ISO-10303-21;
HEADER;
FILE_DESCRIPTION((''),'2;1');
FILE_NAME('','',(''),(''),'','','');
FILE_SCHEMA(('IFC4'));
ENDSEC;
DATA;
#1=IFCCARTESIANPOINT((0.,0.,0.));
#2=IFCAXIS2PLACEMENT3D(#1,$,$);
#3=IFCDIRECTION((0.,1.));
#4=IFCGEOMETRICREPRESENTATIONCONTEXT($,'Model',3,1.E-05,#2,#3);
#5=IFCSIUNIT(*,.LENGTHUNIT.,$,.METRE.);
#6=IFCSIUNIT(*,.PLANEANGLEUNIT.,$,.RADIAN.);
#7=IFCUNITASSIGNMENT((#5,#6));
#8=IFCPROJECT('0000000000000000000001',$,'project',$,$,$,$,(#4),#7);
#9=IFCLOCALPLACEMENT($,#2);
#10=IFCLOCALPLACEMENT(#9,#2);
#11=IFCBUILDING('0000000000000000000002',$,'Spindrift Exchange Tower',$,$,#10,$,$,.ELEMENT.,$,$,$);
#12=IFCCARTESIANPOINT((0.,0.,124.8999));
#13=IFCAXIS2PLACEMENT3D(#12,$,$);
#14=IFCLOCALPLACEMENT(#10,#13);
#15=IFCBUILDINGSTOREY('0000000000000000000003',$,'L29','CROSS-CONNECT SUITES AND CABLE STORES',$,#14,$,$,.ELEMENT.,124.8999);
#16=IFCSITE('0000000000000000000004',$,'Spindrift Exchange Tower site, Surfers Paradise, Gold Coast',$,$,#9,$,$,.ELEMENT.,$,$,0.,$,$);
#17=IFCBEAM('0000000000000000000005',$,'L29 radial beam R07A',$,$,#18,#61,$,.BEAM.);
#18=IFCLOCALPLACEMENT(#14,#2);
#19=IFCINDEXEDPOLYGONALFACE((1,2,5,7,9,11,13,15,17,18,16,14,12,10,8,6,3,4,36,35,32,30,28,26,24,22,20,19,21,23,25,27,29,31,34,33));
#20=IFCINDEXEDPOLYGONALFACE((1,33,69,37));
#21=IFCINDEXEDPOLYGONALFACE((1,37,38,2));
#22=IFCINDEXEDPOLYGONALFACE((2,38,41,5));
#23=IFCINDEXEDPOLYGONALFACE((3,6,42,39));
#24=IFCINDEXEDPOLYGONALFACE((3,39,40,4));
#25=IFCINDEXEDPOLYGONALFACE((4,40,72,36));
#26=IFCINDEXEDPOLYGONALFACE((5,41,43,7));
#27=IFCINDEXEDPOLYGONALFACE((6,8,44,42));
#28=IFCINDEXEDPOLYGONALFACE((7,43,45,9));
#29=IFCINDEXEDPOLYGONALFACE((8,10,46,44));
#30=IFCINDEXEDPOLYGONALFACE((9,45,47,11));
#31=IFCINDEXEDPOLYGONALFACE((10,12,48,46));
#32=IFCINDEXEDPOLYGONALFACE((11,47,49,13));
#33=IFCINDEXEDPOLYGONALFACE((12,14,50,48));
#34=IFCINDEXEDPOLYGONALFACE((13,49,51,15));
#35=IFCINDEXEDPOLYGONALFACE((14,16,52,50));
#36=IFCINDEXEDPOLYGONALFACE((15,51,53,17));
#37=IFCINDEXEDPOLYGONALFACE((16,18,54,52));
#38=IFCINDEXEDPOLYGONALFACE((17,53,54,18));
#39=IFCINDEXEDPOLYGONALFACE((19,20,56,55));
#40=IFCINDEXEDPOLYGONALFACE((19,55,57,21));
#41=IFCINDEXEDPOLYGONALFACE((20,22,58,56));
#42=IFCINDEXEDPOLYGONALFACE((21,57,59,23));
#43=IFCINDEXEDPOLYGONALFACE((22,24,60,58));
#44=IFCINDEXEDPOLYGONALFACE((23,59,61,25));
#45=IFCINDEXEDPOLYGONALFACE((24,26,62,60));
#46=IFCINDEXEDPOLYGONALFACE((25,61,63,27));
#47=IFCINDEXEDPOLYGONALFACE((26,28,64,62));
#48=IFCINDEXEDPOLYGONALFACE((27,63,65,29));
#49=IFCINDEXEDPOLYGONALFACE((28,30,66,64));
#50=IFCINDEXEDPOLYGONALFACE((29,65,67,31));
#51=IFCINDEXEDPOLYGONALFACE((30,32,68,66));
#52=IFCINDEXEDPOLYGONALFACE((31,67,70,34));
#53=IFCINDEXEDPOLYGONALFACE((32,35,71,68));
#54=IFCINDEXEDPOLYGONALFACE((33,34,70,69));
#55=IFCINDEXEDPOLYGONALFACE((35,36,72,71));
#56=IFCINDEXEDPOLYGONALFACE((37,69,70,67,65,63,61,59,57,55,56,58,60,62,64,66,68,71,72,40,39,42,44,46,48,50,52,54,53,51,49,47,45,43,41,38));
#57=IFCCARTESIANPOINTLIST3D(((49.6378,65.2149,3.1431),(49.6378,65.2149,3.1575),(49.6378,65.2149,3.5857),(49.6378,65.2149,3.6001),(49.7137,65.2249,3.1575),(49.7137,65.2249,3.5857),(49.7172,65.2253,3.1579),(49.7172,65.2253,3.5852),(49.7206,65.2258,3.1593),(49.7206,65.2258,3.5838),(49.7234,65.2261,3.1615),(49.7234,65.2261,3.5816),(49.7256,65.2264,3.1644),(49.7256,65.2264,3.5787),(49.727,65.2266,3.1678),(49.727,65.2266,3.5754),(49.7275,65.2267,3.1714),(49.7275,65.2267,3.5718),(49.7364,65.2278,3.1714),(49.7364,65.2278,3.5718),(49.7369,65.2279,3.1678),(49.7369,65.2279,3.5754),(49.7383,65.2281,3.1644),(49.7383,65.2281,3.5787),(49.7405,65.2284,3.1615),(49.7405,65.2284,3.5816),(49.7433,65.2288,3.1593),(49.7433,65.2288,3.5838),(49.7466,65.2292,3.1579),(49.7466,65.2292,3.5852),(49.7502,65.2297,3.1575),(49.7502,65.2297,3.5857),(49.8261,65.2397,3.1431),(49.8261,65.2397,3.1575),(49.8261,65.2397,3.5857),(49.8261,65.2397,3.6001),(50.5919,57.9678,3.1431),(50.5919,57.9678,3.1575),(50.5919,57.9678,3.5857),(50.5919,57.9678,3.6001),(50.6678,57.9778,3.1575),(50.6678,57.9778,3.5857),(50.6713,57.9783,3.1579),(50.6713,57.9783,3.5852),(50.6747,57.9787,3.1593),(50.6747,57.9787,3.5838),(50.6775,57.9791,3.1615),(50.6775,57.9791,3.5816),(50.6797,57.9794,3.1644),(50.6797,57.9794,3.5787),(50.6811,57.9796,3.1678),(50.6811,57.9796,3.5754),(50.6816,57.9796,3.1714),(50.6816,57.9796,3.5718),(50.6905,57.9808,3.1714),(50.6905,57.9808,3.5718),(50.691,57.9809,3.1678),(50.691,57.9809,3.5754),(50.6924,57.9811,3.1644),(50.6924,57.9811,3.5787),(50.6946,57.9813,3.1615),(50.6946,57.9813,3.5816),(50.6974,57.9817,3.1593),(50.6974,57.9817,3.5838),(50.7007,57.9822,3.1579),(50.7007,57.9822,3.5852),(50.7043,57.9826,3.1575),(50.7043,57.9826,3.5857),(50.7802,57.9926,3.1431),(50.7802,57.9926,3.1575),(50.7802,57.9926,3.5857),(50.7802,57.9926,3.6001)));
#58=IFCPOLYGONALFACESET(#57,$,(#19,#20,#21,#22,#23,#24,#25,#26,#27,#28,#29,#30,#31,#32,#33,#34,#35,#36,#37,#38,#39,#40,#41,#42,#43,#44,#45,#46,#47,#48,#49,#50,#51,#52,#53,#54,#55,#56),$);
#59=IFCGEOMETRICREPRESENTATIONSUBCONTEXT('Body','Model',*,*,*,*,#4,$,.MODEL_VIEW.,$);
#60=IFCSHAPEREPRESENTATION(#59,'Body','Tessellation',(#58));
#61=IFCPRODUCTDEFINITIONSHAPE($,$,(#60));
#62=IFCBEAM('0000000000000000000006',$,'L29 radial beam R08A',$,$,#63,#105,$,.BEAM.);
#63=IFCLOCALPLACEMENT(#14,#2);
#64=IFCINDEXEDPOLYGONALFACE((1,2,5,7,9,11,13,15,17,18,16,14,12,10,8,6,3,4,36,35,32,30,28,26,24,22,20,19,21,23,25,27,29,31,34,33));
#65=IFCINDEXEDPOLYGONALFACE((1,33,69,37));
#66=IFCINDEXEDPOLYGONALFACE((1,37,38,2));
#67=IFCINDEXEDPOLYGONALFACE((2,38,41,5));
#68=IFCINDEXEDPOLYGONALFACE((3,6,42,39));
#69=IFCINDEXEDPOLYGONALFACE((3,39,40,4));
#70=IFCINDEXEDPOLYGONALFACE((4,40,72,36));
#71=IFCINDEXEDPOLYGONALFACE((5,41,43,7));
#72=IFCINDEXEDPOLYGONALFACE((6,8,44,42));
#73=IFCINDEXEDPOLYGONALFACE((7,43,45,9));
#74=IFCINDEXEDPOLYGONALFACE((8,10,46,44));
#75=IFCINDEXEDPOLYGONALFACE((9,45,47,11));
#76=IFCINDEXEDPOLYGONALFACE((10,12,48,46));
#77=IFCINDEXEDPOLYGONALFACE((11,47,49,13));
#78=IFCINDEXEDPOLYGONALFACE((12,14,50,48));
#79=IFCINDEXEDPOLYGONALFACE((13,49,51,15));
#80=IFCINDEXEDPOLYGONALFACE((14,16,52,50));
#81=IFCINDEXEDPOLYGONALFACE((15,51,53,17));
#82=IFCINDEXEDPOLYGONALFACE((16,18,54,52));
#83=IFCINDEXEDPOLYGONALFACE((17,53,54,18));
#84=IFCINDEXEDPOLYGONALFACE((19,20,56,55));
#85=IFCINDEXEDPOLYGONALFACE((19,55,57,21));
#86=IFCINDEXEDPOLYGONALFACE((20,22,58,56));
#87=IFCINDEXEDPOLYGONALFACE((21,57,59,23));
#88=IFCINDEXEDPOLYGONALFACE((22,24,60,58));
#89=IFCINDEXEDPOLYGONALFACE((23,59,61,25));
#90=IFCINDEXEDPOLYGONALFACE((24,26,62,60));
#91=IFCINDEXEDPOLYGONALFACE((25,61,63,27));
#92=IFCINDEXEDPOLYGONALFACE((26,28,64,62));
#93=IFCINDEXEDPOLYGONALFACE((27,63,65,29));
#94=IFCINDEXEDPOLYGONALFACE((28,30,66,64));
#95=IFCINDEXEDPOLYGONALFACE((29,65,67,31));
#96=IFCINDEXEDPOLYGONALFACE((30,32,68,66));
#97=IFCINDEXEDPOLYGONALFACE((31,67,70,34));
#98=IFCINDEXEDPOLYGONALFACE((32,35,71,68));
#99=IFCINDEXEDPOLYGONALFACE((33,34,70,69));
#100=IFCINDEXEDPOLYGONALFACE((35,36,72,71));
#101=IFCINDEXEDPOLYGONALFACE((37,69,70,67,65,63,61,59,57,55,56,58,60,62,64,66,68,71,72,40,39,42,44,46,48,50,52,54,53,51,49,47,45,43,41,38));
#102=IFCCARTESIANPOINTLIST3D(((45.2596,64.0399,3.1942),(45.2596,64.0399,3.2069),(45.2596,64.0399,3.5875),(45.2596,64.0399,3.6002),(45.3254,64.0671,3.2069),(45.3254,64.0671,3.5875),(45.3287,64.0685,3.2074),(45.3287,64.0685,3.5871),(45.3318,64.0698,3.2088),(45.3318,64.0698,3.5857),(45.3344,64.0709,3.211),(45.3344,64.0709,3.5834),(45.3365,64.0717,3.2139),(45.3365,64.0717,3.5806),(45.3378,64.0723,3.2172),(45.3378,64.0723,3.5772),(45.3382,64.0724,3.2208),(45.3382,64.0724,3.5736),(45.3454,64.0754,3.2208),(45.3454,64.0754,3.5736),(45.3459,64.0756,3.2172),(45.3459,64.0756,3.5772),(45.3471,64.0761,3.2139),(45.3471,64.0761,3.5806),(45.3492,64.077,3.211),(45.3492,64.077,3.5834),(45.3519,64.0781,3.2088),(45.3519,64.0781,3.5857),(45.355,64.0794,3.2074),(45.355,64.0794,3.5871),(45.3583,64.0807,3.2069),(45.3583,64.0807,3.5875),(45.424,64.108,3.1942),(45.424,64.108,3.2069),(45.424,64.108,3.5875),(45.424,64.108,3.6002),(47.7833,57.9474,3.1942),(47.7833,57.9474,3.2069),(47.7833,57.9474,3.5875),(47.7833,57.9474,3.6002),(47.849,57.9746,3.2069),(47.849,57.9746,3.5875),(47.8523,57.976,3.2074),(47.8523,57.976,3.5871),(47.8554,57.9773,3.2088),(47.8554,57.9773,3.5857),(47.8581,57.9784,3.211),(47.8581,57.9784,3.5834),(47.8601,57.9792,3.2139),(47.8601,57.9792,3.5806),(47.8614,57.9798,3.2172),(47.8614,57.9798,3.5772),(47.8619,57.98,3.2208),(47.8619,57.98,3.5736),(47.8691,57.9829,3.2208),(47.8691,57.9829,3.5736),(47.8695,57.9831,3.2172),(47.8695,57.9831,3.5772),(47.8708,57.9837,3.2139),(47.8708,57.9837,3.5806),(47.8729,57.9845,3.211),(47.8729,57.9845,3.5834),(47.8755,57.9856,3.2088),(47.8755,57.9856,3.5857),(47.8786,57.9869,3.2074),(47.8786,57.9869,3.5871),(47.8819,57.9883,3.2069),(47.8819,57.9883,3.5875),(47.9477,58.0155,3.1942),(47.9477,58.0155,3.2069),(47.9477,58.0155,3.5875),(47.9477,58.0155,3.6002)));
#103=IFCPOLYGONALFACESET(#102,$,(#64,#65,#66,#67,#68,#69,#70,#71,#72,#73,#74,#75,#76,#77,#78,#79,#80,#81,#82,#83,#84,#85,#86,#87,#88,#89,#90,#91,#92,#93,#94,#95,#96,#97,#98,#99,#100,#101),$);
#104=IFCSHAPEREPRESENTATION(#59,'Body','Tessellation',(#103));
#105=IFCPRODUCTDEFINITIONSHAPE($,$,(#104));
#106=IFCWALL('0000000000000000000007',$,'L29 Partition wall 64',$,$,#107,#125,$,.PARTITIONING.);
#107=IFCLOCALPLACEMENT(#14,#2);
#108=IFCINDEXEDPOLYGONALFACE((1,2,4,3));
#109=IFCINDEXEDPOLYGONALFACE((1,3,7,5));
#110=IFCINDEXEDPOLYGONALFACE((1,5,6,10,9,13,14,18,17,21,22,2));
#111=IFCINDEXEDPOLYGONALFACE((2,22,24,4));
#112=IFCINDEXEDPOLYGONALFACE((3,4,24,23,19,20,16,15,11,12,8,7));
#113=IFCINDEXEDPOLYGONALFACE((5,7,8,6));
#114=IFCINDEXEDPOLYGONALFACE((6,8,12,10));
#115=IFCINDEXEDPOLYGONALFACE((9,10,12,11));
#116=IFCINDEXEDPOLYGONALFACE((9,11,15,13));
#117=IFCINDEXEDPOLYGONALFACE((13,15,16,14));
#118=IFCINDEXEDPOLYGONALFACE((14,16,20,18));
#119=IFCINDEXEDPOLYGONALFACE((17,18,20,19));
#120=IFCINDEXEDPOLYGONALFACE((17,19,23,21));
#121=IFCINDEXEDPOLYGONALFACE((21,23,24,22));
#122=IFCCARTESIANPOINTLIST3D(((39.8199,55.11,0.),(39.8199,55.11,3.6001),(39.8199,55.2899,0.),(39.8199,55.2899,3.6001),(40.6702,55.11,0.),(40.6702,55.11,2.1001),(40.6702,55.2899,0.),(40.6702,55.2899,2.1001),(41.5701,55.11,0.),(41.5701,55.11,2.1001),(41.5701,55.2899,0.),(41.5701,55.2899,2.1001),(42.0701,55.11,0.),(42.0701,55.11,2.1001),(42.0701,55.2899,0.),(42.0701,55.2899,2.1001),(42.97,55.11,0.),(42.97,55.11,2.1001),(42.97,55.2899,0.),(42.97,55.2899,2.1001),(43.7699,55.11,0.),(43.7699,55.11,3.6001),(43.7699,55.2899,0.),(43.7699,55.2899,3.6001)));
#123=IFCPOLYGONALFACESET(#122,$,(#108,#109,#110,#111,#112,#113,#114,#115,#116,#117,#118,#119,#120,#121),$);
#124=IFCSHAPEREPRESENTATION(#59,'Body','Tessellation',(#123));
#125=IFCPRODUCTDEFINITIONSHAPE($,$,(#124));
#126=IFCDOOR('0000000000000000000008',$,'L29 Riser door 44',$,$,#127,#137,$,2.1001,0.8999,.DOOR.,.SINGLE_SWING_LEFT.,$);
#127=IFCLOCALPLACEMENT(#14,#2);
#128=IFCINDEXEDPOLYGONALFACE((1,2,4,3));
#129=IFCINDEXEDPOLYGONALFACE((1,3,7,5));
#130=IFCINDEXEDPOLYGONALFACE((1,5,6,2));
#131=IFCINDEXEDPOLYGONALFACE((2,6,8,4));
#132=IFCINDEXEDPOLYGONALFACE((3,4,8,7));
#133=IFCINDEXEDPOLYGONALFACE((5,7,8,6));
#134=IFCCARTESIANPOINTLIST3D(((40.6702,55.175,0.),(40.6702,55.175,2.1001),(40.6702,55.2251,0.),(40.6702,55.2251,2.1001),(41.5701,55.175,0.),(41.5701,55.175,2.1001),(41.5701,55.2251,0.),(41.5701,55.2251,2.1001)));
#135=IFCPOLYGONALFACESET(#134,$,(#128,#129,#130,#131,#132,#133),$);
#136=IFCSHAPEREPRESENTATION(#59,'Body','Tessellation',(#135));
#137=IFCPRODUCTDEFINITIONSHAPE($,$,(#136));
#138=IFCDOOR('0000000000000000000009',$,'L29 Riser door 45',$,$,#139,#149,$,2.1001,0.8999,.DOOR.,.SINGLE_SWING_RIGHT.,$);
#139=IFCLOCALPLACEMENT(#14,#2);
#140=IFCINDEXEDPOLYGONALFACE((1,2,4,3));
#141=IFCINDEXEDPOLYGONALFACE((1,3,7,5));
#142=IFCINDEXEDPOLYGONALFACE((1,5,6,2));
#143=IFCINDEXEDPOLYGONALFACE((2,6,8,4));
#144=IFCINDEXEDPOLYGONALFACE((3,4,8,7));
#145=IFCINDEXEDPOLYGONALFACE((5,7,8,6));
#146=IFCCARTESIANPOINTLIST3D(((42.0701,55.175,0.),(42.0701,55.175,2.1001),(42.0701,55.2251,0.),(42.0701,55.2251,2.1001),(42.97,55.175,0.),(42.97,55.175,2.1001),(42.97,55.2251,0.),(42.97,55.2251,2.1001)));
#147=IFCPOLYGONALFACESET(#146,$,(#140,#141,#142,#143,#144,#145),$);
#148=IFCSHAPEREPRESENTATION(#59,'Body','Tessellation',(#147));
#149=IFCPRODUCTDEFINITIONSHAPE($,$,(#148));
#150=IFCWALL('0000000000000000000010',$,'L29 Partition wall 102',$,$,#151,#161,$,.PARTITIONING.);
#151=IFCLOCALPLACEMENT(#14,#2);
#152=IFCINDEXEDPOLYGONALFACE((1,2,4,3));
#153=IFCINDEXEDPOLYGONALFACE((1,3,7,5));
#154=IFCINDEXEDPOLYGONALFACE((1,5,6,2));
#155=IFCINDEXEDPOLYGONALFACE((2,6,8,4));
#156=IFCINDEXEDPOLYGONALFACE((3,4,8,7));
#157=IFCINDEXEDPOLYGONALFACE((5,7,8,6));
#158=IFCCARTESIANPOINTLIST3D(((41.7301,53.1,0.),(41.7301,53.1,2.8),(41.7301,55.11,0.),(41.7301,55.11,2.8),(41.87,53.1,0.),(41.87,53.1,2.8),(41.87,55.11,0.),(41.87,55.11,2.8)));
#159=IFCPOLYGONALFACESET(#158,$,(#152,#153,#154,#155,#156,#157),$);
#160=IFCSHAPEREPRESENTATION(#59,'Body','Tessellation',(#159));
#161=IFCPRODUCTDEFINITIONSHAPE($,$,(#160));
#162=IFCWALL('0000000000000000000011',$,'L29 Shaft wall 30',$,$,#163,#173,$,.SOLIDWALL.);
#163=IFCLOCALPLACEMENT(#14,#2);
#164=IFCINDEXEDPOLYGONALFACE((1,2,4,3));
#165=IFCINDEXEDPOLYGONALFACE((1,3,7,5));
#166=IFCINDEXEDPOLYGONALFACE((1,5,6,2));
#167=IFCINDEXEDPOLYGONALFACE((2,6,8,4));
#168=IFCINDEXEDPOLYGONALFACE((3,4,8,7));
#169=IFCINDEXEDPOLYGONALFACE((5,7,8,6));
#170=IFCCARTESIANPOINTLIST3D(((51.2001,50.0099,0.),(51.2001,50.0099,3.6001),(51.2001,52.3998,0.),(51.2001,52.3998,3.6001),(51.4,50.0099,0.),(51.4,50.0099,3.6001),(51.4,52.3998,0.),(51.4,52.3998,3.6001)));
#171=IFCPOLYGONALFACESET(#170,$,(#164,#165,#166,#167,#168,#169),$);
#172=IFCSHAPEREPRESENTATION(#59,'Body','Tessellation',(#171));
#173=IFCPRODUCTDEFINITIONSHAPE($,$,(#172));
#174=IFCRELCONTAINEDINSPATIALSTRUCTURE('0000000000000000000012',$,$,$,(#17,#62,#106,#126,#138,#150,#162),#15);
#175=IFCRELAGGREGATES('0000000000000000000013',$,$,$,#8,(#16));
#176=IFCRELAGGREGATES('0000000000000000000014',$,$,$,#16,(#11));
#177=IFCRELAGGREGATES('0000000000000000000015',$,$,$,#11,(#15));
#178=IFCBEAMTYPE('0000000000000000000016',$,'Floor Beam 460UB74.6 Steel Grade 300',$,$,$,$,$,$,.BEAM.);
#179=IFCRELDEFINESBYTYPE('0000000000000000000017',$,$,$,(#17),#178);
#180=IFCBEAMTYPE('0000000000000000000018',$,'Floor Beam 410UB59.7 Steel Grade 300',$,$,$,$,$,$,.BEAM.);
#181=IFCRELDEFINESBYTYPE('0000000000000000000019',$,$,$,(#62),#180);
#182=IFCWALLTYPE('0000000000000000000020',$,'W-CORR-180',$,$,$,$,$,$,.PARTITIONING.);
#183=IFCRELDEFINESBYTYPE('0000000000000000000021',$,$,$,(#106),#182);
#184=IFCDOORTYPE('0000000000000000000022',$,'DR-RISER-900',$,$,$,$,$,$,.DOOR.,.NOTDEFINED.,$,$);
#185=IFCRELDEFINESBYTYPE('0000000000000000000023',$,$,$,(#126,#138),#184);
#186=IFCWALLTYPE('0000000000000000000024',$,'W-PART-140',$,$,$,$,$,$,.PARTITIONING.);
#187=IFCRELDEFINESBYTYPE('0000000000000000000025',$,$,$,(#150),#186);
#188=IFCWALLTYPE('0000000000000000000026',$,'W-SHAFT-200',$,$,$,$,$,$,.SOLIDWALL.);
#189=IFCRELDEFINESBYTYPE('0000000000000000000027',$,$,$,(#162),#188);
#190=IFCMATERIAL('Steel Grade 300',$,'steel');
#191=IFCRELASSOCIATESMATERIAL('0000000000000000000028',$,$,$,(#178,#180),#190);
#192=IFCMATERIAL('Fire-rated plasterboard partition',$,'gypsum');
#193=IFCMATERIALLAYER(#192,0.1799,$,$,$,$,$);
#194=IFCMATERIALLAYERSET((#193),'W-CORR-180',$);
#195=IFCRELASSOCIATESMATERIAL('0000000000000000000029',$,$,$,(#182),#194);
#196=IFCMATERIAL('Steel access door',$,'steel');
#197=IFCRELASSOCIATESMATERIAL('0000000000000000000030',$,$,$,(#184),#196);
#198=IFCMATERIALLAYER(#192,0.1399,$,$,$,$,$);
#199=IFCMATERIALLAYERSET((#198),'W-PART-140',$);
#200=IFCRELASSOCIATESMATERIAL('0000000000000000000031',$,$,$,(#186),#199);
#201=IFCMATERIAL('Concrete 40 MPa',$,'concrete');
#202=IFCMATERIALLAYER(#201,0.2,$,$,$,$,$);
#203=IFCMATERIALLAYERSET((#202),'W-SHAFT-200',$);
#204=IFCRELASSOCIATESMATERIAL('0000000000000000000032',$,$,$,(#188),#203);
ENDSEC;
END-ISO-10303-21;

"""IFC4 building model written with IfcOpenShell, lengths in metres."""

from ifc_helpers import new_model, si_unit, direction, frame, frame_2d, origin, origin_2d, place, context, subcontext, project, spatial, rectangle, i_section, extrude, source, transform, mapped, material, layer, layer_set, material_profile, profile_set, type_object, element, fill, save


model = new_model("IFC4")

# Units and contexts
model_context = context("Model", 3, precision=1e-05, world=origin(), true_north=direction((0.0, 1.0)))
body_context = subcontext(model_context, "Body", "Model", "MODEL_VIEW")
ifc_project = project(units=[si_unit("LENGTHUNIT", "METRE"), si_unit("PLANEANGLEUNIT", "RADIAN")], contexts=[model_context])

# Site, building, storey
site_placement = place(None, origin())
site = spatial("IfcSite", under=ifc_project, at=site_placement, Name="Spindrift Exchange Tower site, Surfers Paradise, Gold Coast", CompositionType="ELEMENT", RefElevation=0.0)
building_placement = place(site_placement, origin())
building = spatial("IfcBuilding", under=site, at=building_placement, Name="Spindrift Exchange Tower", CompositionType="ELEMENT")
storey_placement = place(building_placement, frame((0.0, 0.0, 124.8999)))
storey = spatial("IfcBuildingStorey", under=building, at=storey_placement, Name="L29", Description="CROSS-CONNECT SUITES AND CABLE STORES", CompositionType="ELEMENT", Elevation=124.8999)

# Beams
ifc_material_1 = material(Name="Steel Grade 300", Category="steel")
ifc_material_profile_1 = material_profile(ifc_material_1, i_section(OverallWidth=0.1899, OverallDepth=0.457, WebThickness=0.009, FlangeThickness=0.0144, FilletRadius=0.0139, at=origin_2d()), Name="460UB74.6")
ifc_profile_set_1 = profile_set([ifc_material_profile_1], Name="Steel Grade 300")
beam_type_1 = type_object("IfcBeamType", Name="Floor Beam 460UB74.6 Steel Grade 300", PredefinedType="BEAM", material=ifc_profile_set_1)
shared_shape_1 = source(origin(), body_context, "Body", "SweptSolid", [
    extrude(i_section(OverallWidth=0.1899, OverallDepth=0.457, WebThickness=0.009, FlangeThickness=0.0144, FilletRadius=0.0139, at=origin_2d()), origin(), (0.0, 0.0, 1.0), 7.3096),
])
beam_1_placement = place(storey_placement, frame((50.686, 57.9802, 3.3716), z_axis=(-0.130527, 0.991445, 0.0), x_axis=(-0.991445, -0.130527, 0.0)))
element("IfcBeam", 1, at=beam_1_placement, inside=storey, type_object=beam_type_1, Name="L29 radial beam R07A", PredefinedType="BEAM", context=body_context, shape_type="MappedRepresentation", body=[
    mapped(shared_shape_1, transform((0.0, 0.0, 0.0), scale=1.0)),
])
ifc_material_profile_2 = material_profile(ifc_material_1, i_section(OverallWidth=0.178, OverallDepth=0.406, WebThickness=0.0078, FlangeThickness=0.0127, FilletRadius=0.0139, at=origin_2d()), Name="410UB59.7")
ifc_profile_set_2 = profile_set([ifc_material_profile_2], Name="Steel Grade 300")
beam_type_2 = type_object("IfcBeamType", Name="Floor Beam 410UB59.7 Steel Grade 300", PredefinedType="BEAM", material=ifc_profile_set_2)
shared_shape_2 = source(origin(), body_context, "Body", "SweptSolid", [
    extrude(i_section(OverallWidth=0.178, OverallDepth=0.406, WebThickness=0.0078, FlangeThickness=0.0127, FilletRadius=0.0139, at=origin_2d()), origin(), (0.0, 0.0, 1.0), 6.5945),
])
beam_2_placement = place(storey_placement, frame((47.8655, 57.9814, 3.3972), z_axis=(-0.382693, 0.923876, 0.0), x_axis=(-0.923876, -0.382693, 0.0)))
element("IfcBeam", 2, at=beam_2_placement, inside=storey, type_object=beam_type_2, Name="L29 radial beam R08A", PredefinedType="BEAM", context=body_context, shape_type="MappedRepresentation", body=[
    mapped(shared_shape_2, transform((0.0, 0.0, 0.0), scale=1.0)),
])

# Wall, openings, doors
ifc_material_2 = material(Name="Fire-rated plasterboard partition", Category="gypsum")
ifc_layer_1 = layer(ifc_material_2, 0.1799)
ifc_layer_set_1 = layer_set([ifc_layer_1], Name="W-CORR-180")
wall_type_1 = type_object("IfcWallType", Name="W-CORR-180", PredefinedType="PARTITIONING", material=ifc_layer_set_1)
wall_1_placement = place(storey_placement, frame((43.77, 55.2, 0.0), z_axis=(0.0, 0.0, 1.0), x_axis=(-1.0, 0.0, 0.0)))
wall_1 = element("IfcWall", 3, at=wall_1_placement, inside=storey, type_object=wall_type_1, Name="L29 Partition wall 64", PredefinedType="PARTITIONING", context=body_context, shape_type="SweptSolid", body=[
    extrude(rectangle(XDim=3.95, YDim=0.1799, at=frame_2d((1.9751, 0.0))), origin(), (0.0, 0.0, 1.0), 3.6001),
])
opening_1_placement = place(wall_1_placement, frame((2.2, 0.0, 0.0)))
opening_1 = element("IfcOpeningElement", 4, at=opening_1_placement, cuts=wall_1, PredefinedType="OPENING", context=body_context, shape_type="SweptSolid", body=[
    extrude(rectangle(XDim=0.8999, YDim=2.1001, at=frame_2d((0.45, 1.05))), frame((0.0, 0.0999, 0.0), z_axis=(0.0, -1.0, 0.0), x_axis=(1.0, 0.0, 0.0)), (0.0, 0.0, 1.0), 0.2),
])
opening_2_placement = place(wall_1_placement, frame((0.8, 0.0, 0.0)))
opening_2 = element("IfcOpeningElement", 5, at=opening_2_placement, cuts=wall_1, PredefinedType="OPENING", context=body_context, shape_type="SweptSolid", body=[
    extrude(rectangle(XDim=0.8999, YDim=2.1001, at=frame_2d((0.45, 1.05))), frame((0.0, 0.0999, 0.0), z_axis=(0.0, -1.0, 0.0), x_axis=(1.0, 0.0, 0.0)), (0.0, 0.0, 1.0), 0.2),
])
ifc_material_3 = material(Name="Steel access door", Category="steel")
door_type_1 = type_object("IfcDoorType", Name="DR-RISER-900", OperationType="NOTDEFINED", PredefinedType="DOOR", material=ifc_material_3)
shared_shape_3 = source(origin(), body_context, "Body", "SweptSolid", [
    extrude(rectangle(XDim=0.8999, YDim=2.1001, at=frame_2d((0.45, 1.05))), frame((0.0, 0.0249, 0.0), z_axis=(0.0, -1.0, 0.0), x_axis=(1.0, 0.0, 0.0)), (0.0, 0.0, 1.0), 0.05),
])
door_1_placement = place(opening_1_placement, origin())
door_1 = element("IfcDoor", 6, at=door_1_placement, inside=storey, type_object=door_type_1, Name="L29 Riser door 44", OperationType="SINGLE_SWING_LEFT", OverallHeight=2.1001, OverallWidth=0.8999, PredefinedType="DOOR", context=body_context, shape_type="MappedRepresentation", body=[
    mapped(shared_shape_3, transform((0.0, 0.0, 0.0), scale=1.0)),
])
fill(opening_1, door_1)
door_2_placement = place(opening_2_placement, origin())
door_2 = element("IfcDoor", 7, at=door_2_placement, inside=storey, type_object=door_type_1, Name="L29 Riser door 45", OperationType="SINGLE_SWING_RIGHT", OverallHeight=2.1001, OverallWidth=0.8999, PredefinedType="DOOR", context=body_context, shape_type="MappedRepresentation", body=[
    mapped(shared_shape_3, transform((0.0, 0.0, 0.0), scale=1.0)),
])
fill(opening_2, door_2)

# Walls
ifc_layer_2 = layer(ifc_material_2, 0.1399)
ifc_layer_set_2 = layer_set([ifc_layer_2], Name="W-PART-140")
wall_type_2 = type_object("IfcWallType", Name="W-PART-140", PredefinedType="PARTITIONING", material=ifc_layer_set_2)
wall_2_placement = place(storey_placement, frame((41.8, 53.1001, 0.0), z_axis=(0.0, 0.0, 1.0), x_axis=(0.0, 1.0, 0.0)))
element("IfcWall", 8, at=wall_2_placement, inside=storey, type_object=wall_type_2, Name="L29 Partition wall 102", PredefinedType="PARTITIONING", context=body_context, shape_type="SweptSolid", body=[
    extrude(rectangle(XDim=2.01, YDim=0.1399, at=frame_2d((1.0049, 0.0))), origin(), (0.0, 0.0, 1.0), 2.8),
])
ifc_material_4 = material(Name="Concrete 40 MPa", Category="concrete")
ifc_layer_3 = layer(ifc_material_4, 0.2)
ifc_layer_set_3 = layer_set([ifc_layer_3], Name="W-SHAFT-200")
wall_type_3 = type_object("IfcWallType", Name="W-SHAFT-200", PredefinedType="SOLIDWALL", material=ifc_layer_set_3)
wall_3_placement = place(storey_placement, frame((51.3, 50.01, 0.0), z_axis=(0.0, 0.0, 1.0), x_axis=(0.0, 1.0, 0.0)))
element("IfcWall", 9, at=wall_3_placement, inside=storey, type_object=wall_type_3, Name="L29 Shaft wall 30", PredefinedType="SOLIDWALL", context=body_context, shape_type="SweptSolid", body=[
    extrude(rectangle(XDim=2.3899, YDim=0.2, at=frame_2d((1.1948, 0.0))), origin(), (0.0, 0.0, 1.0), 3.6001),
])

save(model, "model.ifc")
